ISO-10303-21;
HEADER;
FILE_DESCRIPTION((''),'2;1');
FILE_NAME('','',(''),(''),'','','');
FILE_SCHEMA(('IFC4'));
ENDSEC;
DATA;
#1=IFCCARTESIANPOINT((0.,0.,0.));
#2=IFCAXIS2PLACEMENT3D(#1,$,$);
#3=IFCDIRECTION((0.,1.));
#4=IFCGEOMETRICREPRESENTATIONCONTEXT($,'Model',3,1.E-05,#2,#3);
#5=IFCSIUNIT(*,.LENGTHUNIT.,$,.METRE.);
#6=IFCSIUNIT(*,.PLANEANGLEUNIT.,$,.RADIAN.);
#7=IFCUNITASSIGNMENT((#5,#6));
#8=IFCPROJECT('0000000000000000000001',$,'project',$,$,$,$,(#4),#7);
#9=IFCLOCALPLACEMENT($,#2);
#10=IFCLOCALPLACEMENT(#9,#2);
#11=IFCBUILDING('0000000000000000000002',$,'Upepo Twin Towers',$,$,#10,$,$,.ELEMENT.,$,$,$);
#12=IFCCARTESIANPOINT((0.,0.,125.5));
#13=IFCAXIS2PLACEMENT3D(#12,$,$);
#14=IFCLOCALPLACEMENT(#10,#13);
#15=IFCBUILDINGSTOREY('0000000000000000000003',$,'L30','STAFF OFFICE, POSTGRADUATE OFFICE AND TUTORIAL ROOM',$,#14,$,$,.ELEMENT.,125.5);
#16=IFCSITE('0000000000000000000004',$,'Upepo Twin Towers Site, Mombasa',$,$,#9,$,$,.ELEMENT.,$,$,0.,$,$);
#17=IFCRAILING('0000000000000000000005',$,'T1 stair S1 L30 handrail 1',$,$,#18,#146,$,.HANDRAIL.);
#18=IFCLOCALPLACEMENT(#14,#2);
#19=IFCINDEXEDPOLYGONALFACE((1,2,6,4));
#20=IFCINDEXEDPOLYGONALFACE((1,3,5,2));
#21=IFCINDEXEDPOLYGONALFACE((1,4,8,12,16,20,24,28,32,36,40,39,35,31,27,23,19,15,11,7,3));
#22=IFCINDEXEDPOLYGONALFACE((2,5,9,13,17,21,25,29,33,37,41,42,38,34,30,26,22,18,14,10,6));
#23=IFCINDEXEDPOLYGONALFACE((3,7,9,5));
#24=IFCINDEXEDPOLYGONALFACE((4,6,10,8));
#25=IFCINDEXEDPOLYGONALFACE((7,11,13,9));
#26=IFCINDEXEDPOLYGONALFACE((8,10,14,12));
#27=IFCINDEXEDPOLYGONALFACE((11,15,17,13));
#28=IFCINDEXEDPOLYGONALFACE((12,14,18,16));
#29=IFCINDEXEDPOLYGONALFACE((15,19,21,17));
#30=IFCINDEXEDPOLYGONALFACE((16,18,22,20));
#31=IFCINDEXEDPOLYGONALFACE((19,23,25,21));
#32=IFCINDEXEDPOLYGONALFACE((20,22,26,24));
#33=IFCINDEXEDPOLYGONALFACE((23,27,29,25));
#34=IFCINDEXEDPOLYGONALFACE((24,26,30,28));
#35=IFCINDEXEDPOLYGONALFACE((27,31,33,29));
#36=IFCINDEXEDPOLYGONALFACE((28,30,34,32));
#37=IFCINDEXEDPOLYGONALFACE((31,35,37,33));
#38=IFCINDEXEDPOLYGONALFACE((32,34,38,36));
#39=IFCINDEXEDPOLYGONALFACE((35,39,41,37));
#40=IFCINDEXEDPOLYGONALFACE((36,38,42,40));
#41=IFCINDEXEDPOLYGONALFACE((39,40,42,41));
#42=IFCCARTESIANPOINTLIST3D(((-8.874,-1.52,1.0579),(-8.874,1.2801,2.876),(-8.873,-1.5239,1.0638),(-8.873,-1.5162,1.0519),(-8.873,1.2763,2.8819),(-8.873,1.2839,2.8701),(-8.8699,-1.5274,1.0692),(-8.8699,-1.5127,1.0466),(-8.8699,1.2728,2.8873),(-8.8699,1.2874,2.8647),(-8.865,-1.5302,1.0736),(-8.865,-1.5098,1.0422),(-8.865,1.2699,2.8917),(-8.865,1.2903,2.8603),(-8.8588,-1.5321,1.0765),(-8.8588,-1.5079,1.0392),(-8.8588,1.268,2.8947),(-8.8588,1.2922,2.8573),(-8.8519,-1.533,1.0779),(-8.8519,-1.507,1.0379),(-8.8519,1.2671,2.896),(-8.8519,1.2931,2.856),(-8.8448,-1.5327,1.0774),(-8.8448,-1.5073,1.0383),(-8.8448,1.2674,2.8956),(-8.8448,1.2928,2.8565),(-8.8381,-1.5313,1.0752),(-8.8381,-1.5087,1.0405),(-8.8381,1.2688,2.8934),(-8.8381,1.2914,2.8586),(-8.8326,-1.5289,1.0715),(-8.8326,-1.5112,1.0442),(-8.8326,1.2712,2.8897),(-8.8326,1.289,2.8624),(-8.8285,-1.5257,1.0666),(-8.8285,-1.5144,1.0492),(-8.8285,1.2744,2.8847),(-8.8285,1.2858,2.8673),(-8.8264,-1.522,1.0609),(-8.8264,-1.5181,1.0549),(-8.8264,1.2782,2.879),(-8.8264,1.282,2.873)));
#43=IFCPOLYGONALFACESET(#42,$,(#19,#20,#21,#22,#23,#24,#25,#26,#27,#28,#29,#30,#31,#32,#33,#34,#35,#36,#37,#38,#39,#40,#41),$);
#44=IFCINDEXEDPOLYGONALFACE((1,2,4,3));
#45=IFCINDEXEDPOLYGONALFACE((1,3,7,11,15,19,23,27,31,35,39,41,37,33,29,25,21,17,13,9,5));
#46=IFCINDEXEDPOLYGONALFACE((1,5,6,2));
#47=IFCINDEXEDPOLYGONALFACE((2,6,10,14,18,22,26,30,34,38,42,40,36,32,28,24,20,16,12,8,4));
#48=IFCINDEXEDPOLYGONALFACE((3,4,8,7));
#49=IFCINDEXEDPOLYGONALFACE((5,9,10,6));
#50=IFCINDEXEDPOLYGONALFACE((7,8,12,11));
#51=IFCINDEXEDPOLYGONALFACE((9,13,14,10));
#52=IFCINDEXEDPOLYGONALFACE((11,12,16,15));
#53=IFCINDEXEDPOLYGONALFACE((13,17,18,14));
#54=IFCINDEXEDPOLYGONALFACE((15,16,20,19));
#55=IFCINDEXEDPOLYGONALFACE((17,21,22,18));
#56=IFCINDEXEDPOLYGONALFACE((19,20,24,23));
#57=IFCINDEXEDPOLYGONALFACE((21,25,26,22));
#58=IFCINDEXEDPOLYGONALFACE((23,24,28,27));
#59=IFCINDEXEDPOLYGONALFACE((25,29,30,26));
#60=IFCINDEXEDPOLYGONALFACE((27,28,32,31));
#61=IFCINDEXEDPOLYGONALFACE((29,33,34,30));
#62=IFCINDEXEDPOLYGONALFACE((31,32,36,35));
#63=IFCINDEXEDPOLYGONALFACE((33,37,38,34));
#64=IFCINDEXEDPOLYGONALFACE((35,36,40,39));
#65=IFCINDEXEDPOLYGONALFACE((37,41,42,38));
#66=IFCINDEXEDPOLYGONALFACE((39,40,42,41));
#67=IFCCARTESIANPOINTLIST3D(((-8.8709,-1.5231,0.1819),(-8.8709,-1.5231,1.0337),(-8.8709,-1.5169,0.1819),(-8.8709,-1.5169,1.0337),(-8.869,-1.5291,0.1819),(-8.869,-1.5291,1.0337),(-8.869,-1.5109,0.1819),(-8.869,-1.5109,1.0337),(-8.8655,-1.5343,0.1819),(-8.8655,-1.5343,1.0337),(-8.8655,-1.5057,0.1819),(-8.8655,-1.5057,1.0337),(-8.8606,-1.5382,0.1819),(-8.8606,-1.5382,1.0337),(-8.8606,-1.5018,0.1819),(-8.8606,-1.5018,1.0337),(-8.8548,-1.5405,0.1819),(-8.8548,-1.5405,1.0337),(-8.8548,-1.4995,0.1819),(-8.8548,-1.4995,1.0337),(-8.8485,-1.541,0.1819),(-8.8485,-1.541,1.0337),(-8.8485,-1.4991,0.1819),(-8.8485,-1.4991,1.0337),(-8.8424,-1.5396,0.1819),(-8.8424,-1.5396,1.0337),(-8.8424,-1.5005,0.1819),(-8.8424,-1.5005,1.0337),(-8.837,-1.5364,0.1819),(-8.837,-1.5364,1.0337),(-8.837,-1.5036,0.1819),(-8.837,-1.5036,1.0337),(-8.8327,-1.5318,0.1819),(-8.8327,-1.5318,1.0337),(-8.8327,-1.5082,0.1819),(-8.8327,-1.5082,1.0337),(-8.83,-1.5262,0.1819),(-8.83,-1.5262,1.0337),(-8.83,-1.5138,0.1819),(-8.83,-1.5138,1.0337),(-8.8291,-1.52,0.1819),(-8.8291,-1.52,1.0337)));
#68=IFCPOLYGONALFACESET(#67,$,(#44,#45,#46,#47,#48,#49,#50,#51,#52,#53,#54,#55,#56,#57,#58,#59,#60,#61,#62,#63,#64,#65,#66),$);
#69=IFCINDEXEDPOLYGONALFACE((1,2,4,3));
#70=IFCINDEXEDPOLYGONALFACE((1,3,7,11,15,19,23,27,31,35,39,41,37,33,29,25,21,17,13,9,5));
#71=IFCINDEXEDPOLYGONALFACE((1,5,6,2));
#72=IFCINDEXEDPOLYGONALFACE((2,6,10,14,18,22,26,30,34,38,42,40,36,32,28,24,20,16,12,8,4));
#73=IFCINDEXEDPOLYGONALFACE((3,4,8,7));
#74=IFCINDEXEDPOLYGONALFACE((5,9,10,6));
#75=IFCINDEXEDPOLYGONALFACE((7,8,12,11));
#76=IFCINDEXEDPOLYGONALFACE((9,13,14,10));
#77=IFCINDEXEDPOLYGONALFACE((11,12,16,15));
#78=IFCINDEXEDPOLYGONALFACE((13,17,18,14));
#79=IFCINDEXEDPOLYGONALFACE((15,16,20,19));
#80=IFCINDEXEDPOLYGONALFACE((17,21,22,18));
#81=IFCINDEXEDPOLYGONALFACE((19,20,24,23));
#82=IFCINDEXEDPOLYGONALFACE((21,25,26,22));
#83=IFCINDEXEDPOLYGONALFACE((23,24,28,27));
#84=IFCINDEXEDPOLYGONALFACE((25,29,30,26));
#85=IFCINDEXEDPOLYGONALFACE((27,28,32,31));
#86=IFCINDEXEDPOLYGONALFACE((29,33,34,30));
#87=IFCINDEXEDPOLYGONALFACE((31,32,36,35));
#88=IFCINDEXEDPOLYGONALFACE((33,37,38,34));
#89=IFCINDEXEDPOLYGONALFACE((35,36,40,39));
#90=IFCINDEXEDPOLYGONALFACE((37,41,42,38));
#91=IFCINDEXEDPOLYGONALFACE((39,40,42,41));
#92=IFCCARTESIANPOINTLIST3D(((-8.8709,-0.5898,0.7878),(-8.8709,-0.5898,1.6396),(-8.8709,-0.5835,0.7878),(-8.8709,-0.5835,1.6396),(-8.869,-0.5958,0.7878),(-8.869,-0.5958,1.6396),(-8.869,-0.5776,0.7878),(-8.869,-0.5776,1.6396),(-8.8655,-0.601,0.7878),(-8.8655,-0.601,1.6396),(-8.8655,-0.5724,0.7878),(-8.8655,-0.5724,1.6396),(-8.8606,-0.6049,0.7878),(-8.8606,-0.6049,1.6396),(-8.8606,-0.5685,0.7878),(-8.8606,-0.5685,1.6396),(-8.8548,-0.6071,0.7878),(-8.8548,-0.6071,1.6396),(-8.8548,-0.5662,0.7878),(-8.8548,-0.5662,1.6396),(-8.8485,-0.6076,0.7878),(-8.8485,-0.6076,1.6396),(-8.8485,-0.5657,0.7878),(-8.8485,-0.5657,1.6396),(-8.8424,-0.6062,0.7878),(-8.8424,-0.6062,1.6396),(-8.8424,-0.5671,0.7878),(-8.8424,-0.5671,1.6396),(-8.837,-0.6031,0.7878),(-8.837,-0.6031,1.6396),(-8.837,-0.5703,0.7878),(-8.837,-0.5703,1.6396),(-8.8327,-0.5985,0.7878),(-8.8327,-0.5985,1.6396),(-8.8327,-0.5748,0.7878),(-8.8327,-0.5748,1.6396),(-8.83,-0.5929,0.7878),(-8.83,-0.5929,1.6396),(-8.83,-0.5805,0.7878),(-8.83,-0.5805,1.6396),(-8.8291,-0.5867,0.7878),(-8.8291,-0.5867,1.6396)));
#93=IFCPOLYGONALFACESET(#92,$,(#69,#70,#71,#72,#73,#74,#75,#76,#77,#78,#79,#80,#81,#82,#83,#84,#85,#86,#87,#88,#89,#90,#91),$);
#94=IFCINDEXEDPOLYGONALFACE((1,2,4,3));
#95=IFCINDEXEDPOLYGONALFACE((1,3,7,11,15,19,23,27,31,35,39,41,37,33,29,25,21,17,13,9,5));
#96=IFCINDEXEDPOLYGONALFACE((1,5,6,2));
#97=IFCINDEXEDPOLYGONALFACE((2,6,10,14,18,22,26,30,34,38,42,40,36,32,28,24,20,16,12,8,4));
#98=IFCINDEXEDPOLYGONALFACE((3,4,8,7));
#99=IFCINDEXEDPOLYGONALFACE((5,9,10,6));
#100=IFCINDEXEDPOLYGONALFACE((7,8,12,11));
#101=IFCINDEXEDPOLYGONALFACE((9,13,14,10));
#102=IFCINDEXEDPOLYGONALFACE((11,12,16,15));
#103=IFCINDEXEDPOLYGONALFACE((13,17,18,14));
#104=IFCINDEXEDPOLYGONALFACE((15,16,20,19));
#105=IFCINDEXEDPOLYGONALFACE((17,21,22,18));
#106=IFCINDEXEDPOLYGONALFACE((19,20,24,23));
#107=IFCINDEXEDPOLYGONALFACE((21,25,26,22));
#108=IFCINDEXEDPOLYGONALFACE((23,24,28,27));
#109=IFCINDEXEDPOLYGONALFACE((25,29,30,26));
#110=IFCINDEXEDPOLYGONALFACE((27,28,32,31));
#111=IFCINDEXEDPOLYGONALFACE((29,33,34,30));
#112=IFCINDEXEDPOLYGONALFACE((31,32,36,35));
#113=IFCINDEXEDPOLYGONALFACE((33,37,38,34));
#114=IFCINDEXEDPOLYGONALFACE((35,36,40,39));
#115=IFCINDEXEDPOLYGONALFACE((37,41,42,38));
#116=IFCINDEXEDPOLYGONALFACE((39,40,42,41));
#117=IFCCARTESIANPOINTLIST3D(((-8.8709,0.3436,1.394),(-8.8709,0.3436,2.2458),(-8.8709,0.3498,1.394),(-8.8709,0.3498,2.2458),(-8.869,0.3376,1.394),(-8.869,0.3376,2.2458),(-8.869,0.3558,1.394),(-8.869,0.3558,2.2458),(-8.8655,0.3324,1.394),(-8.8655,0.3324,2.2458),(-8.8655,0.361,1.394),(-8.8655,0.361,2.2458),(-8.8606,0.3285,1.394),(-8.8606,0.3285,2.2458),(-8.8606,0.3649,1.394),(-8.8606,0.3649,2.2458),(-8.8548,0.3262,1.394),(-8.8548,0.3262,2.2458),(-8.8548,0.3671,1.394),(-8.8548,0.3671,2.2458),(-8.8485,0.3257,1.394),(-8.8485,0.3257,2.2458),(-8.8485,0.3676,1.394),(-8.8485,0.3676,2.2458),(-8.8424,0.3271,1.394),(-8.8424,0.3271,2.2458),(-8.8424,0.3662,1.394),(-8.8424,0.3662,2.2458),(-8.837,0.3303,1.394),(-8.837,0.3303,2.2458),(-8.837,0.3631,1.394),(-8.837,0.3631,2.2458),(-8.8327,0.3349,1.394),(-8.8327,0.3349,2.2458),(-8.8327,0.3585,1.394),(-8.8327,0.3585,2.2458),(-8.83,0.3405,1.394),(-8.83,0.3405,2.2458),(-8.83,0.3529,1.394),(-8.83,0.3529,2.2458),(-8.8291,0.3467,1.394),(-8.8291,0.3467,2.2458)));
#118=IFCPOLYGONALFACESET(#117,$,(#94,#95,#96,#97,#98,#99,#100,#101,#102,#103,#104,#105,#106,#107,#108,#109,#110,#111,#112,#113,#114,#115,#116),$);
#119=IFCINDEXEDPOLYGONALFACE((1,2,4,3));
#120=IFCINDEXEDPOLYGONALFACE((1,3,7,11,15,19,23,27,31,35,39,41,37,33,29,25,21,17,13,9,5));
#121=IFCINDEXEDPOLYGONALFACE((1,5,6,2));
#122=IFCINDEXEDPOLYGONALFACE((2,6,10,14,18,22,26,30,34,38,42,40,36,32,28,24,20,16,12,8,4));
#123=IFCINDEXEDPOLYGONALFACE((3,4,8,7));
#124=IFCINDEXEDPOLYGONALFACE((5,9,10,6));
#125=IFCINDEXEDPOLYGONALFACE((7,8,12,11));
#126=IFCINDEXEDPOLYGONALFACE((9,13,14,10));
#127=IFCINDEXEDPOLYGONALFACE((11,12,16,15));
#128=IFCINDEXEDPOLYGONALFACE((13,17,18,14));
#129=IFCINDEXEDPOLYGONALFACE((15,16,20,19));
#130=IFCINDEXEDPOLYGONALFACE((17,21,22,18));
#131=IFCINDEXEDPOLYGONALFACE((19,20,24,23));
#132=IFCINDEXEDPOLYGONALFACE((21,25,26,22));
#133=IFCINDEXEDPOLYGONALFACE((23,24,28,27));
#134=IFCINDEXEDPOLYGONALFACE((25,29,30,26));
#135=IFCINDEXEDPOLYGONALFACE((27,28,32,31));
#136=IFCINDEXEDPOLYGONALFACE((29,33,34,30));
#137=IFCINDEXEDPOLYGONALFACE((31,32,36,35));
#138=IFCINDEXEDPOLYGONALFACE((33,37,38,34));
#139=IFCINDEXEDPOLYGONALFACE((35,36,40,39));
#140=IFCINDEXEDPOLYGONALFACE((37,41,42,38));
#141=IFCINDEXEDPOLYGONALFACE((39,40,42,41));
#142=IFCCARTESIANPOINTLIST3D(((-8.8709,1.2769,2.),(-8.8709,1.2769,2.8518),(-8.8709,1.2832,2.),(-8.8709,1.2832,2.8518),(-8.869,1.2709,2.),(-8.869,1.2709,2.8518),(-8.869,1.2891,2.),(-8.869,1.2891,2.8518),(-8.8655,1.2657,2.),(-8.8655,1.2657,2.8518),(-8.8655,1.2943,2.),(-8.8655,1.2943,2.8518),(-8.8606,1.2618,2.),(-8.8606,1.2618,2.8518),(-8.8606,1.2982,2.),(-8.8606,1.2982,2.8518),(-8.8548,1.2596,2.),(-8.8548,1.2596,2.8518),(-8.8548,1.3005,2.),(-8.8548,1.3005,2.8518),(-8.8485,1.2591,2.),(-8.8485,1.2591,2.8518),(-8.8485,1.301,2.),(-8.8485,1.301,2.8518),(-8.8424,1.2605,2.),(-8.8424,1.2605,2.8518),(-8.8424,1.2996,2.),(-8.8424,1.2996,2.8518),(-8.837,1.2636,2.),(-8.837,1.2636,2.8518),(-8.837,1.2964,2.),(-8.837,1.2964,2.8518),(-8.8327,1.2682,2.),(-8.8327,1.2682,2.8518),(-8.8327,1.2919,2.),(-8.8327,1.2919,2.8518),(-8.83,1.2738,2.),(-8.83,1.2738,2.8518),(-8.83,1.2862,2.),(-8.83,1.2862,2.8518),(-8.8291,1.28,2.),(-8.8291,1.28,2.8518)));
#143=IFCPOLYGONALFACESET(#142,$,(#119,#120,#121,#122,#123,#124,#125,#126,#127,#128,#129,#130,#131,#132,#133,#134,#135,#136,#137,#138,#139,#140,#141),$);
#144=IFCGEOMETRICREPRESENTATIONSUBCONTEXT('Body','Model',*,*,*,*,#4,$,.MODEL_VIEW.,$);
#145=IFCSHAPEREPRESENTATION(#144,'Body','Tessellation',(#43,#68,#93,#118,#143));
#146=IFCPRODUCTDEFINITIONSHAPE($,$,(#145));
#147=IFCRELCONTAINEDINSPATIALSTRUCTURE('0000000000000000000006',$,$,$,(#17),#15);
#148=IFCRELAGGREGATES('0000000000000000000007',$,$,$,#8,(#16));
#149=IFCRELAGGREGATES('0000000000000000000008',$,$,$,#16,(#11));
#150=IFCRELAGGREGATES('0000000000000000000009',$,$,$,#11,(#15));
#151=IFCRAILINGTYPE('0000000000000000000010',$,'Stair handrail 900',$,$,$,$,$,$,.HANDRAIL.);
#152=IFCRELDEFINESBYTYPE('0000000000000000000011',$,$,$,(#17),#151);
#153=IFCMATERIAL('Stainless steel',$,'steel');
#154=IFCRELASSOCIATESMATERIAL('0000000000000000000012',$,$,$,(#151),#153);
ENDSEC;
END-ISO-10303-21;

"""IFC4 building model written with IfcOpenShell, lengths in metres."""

from ifc_helpers import new_model, si_unit, direction, frame, origin, origin_2d, place, context, subcontext, project, spatial, circle, extrude, material, type_object, element, save


model = new_model("IFC4")

# Units and contexts
model_context = context("Model", 3, precision=1e-05, world=origin(), true_north=direction((0.0, 1.0)))
body_context = subcontext(model_context, "Body", "Model", "MODEL_VIEW")
ifc_project = project(units=[si_unit("LENGTHUNIT", "METRE"), si_unit("PLANEANGLEUNIT", "RADIAN")], contexts=[model_context])

# Site, building, storey
site_placement = place(None, origin())
site = spatial("IfcSite", under=ifc_project, at=site_placement, Name="Upepo Twin Towers Site, Mombasa", CompositionType="ELEMENT", RefElevation=0.0)
building_placement = place(site_placement, origin())
building = spatial("IfcBuilding", under=site, at=building_placement, Name="Upepo Twin Towers", CompositionType="ELEMENT")
storey_placement = place(building_placement, frame((0.0, 0.0, 125.5)))
storey = spatial("IfcBuildingStorey", under=building, at=storey_placement, Name="L30", Description="STAFF OFFICE, POSTGRADUATE OFFICE AND TUTORIAL ROOM", CompositionType="ELEMENT", Elevation=125.5)

# Railing
ifc_material_1 = material(Name="Stainless steel", Category="steel")
railing_type = type_object("IfcRailingType", Name="Stair handrail 900", PredefinedType="HANDRAIL", material=ifc_material_1)
railing_1_placement = place(storey_placement, frame((-8.8501, -1.52, 0.1819)))
element("IfcRailing", 1, at=railing_1_placement, inside=storey, type_object=railing_type, Name="T1 stair S1 L30 handrail 1", PredefinedType="HANDRAIL", context=body_context, shape_type="SweptSolid", body=[
    extrude(circle(Radius=0.0239, at=origin_2d()), frame((0.0, 0.0, 0.876), z_axis=(0.0, 0.838706, 0.544585), x_axis=(-1.0, 0.0, 0.0)), (0.0, 0.0, 1.0), 3.3386),
    extrude(circle(Radius=0.021, at=origin_2d()), origin(), (0.0, 0.0, 1.0), 0.8518),
    extrude(circle(Radius=0.021, at=origin_2d()), frame((0.0, 0.9333, 0.606)), (0.0, 0.0, 1.0), 0.8518),
    extrude(circle(Radius=0.021, at=origin_2d()), frame((0.0, 1.8667, 1.2122)), (0.0, 0.0, 1.0), 0.8518),
    extrude(circle(Radius=0.021, at=origin_2d()), frame((0.0, 2.8, 1.8181)), (0.0, 0.0, 1.0), 0.8518),
])

save(model, "model.ifc")
